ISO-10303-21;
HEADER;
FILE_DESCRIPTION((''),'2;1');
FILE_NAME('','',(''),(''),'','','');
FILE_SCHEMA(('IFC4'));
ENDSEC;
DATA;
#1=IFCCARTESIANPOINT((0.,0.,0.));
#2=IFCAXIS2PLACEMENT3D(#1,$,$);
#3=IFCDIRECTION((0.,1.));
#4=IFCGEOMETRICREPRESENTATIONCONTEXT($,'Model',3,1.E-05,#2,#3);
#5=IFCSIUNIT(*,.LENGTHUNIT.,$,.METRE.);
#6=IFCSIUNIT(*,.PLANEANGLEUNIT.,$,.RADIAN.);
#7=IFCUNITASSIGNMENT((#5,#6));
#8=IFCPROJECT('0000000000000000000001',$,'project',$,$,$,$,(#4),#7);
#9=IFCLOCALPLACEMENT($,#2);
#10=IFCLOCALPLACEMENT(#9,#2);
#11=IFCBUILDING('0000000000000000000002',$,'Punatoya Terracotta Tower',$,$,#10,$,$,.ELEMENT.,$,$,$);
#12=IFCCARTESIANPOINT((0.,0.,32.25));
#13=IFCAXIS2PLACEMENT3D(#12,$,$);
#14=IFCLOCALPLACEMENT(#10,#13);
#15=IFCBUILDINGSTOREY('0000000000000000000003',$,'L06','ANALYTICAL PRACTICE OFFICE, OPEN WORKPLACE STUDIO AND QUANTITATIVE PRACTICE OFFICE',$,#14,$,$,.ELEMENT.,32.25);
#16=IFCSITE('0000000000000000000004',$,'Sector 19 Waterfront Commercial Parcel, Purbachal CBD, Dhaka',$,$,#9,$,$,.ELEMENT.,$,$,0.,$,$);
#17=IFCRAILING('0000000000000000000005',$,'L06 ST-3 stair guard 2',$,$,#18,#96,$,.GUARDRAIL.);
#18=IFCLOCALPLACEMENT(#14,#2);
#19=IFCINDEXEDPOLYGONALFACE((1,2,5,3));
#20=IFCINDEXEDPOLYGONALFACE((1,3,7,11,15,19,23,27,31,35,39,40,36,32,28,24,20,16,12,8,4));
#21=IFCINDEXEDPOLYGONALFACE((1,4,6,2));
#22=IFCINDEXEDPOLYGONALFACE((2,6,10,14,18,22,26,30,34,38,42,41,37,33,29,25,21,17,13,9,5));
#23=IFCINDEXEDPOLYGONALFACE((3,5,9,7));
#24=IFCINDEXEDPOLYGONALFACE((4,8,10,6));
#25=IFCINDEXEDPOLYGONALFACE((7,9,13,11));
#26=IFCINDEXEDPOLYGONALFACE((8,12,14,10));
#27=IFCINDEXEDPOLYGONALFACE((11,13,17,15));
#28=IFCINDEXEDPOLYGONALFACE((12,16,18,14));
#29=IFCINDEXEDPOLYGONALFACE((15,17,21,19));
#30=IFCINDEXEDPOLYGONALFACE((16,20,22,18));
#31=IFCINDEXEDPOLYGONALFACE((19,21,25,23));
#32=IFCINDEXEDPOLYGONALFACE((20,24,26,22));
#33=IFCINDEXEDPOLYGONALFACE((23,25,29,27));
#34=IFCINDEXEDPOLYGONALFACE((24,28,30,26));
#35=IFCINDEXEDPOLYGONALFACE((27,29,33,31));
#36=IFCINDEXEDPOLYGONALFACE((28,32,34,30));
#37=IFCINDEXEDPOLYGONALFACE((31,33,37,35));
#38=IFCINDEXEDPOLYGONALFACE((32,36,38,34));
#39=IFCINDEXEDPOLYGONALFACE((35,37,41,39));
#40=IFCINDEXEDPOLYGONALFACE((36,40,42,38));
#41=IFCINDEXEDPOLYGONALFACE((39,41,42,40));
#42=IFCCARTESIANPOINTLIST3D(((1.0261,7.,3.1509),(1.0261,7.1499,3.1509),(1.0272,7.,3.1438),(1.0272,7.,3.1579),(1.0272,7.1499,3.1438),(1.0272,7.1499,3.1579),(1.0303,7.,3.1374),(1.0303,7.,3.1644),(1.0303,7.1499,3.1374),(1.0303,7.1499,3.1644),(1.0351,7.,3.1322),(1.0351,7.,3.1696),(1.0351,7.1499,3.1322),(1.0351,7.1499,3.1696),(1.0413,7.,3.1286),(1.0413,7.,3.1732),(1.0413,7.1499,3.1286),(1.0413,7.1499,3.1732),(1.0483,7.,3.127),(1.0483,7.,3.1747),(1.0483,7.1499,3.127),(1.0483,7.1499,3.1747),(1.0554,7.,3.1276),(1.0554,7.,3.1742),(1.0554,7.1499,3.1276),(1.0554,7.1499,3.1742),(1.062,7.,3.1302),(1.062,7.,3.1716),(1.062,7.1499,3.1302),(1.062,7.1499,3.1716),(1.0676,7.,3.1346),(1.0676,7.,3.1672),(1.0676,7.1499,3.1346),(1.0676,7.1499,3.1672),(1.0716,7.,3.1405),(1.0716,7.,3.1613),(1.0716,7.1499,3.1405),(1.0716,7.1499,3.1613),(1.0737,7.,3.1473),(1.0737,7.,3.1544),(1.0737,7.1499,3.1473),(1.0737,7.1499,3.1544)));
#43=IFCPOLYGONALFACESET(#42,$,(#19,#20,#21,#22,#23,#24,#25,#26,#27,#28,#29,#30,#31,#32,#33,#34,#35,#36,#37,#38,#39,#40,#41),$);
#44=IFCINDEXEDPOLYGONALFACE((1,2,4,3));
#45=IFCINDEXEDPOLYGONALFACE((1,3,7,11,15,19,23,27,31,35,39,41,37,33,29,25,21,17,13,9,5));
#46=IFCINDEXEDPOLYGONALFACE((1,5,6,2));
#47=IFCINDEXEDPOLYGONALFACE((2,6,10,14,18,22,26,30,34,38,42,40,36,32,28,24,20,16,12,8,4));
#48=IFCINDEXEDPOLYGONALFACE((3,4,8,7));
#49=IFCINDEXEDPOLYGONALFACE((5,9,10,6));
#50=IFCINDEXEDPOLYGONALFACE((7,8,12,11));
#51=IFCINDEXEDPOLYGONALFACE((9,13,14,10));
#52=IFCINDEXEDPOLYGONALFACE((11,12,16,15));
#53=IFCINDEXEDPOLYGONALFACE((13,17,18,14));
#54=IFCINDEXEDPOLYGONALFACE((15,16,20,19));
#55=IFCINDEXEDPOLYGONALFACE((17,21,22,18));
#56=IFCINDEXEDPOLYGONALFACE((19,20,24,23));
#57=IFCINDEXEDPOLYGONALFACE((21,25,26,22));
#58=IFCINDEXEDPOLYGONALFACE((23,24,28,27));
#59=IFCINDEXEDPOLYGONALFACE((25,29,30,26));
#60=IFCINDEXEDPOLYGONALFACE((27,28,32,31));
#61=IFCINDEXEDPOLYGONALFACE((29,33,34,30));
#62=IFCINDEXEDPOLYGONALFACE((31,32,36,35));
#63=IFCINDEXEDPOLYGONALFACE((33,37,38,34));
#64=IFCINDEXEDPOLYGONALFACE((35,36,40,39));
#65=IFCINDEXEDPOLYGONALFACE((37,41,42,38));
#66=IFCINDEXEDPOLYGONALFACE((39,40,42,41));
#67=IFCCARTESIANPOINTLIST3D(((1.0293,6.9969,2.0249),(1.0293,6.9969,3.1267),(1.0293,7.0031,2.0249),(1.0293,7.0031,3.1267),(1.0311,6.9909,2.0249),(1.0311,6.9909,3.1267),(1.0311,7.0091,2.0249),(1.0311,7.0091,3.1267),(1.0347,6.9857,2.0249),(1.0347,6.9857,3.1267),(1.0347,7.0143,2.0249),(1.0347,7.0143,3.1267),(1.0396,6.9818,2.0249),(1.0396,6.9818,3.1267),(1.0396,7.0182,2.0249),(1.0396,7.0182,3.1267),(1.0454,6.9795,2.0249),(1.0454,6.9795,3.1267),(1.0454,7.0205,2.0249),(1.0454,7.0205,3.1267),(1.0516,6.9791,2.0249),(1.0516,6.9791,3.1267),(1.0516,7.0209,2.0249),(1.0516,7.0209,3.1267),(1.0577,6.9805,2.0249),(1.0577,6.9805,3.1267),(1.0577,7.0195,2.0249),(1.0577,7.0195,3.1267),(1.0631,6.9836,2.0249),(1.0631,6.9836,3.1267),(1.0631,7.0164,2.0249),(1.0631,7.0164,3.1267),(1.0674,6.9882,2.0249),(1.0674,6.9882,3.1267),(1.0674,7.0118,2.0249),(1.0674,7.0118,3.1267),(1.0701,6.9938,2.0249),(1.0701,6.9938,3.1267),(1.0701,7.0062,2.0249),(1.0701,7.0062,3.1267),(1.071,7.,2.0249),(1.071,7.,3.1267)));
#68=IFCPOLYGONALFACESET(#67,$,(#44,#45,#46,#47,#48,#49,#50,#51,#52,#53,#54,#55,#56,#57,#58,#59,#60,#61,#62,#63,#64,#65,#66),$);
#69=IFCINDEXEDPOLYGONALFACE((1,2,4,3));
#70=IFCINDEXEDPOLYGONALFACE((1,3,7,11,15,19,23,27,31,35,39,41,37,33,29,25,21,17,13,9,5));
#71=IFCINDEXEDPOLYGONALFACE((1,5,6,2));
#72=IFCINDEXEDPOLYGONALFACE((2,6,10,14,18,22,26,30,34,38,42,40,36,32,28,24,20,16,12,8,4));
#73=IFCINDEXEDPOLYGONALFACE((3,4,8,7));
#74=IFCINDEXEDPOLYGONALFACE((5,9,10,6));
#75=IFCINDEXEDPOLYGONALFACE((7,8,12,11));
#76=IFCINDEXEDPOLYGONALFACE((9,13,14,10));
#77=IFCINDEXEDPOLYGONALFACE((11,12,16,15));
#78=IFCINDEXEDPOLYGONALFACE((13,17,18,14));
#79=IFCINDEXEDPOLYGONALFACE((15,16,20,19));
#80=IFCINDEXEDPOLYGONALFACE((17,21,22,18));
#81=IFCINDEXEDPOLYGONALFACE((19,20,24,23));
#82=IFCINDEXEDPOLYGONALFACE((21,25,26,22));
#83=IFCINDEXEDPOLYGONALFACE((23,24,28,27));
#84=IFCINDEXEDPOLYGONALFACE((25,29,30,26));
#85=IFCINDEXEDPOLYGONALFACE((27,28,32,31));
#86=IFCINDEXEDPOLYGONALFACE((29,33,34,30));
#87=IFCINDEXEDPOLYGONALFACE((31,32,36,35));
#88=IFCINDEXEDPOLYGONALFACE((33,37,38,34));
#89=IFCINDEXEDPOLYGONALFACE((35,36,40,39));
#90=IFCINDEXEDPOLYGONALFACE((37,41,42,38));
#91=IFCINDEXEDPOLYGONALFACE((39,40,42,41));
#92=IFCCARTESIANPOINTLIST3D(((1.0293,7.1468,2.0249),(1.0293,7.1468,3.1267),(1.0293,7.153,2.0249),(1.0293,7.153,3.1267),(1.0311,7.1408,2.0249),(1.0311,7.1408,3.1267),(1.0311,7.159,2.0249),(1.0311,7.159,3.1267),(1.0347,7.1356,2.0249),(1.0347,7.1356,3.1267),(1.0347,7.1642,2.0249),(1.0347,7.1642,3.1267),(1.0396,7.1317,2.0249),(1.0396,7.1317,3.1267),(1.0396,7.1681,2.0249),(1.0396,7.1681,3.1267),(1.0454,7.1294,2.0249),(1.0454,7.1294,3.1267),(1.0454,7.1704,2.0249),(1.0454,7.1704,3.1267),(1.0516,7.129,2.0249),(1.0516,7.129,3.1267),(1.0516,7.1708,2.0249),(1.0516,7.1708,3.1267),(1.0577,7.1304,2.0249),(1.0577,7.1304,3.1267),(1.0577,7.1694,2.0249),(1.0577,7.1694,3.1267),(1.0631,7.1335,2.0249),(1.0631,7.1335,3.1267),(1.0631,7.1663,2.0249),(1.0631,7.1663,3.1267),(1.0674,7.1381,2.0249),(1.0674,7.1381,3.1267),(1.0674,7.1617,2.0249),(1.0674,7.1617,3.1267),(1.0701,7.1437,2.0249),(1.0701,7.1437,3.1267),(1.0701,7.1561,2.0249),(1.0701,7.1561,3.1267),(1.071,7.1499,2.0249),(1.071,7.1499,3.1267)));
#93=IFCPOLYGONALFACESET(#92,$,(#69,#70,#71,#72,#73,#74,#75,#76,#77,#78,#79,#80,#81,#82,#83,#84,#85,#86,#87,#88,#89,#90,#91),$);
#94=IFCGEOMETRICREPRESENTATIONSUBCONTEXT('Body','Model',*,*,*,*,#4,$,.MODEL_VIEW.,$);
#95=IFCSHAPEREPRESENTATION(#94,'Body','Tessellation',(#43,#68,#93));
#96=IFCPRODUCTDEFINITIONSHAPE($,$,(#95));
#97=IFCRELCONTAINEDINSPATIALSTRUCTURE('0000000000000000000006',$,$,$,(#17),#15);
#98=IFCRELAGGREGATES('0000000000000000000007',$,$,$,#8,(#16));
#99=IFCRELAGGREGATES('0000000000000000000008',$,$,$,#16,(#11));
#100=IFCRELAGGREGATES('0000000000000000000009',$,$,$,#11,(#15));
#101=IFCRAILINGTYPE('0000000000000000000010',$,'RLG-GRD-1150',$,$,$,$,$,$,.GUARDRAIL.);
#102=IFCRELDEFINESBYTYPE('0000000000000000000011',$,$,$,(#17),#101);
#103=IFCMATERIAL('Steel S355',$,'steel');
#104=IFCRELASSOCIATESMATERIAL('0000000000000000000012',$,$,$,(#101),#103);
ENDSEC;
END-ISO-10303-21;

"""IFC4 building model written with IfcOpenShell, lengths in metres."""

from ifc_helpers import new_model, si_unit, direction, frame, origin, origin_2d, place, context, subcontext, project, spatial, circle, extrude, material, type_object, element, save


model = new_model("IFC4")

# Units and contexts
model_context = context("Model", 3, precision=1e-05, world=origin(), true_north=direction((0.0, 1.0)))
body_context = subcontext(model_context, "Body", "Model", "MODEL_VIEW")
ifc_project = project(units=[si_unit("LENGTHUNIT", "METRE"), si_unit("PLANEANGLEUNIT", "RADIAN")], contexts=[model_context])

# Site, building, storey
site_placement = place(None, origin())
site = spatial("IfcSite", under=ifc_project, at=site_placement, Name="Sector 19 Waterfront Commercial Parcel, Purbachal CBD, Dhaka", CompositionType="ELEMENT", RefElevation=0.0)
building_placement = place(site_placement, origin())
building = spatial("IfcBuilding", under=site, at=building_placement, Name="Punatoya Terracotta Tower", CompositionType="ELEMENT")
storey_placement = place(building_placement, frame((0.0, 0.0, 32.25)))
storey = spatial("IfcBuildingStorey", under=building, at=storey_placement, Name="L06", Description="ANALYTICAL PRACTICE OFFICE, OPEN WORKPLACE STUDIO AND QUANTITATIVE PRACTICE OFFICE", CompositionType="ELEMENT", Elevation=32.25)

# Shared definitions
ifc_material_1 = material(Name="Steel S355", Category="steel")

# Railing
railing_type_1 = type_object("IfcRailingType", Name="RLG-GRD-1150", PredefinedType="GUARDRAIL", material=ifc_material_1)
railing_1_placement = place(storey_placement, frame((1.05, 7.0, 2.0249)))
element("IfcRailing", 1, at=railing_1_placement, inside=storey, type_object=railing_type_1, Name="L06 ST-3 stair guard 2", PredefinedType="GUARDRAIL", context=body_context, shape_type="SweptSolid", body=[
    extrude(circle(Radius=0.0239, at=origin_2d()), frame((0.0, 0.0, 1.126), z_axis=(0.0, 1.0, 0.0), x_axis=(-1.0, 0.0, 0.0)), (0.0, 0.0, 1.0), 0.1499),
    extrude(circle(Radius=0.021, at=origin_2d()), origin(), (0.0, 0.0, 1.0), 1.1018),
    extrude(circle(Radius=0.021, at=origin_2d()), frame((0.0, 0.1499, 0.0)), (0.0, 0.0, 1.0), 1.1018),
])

save(model, "model.ifc")
